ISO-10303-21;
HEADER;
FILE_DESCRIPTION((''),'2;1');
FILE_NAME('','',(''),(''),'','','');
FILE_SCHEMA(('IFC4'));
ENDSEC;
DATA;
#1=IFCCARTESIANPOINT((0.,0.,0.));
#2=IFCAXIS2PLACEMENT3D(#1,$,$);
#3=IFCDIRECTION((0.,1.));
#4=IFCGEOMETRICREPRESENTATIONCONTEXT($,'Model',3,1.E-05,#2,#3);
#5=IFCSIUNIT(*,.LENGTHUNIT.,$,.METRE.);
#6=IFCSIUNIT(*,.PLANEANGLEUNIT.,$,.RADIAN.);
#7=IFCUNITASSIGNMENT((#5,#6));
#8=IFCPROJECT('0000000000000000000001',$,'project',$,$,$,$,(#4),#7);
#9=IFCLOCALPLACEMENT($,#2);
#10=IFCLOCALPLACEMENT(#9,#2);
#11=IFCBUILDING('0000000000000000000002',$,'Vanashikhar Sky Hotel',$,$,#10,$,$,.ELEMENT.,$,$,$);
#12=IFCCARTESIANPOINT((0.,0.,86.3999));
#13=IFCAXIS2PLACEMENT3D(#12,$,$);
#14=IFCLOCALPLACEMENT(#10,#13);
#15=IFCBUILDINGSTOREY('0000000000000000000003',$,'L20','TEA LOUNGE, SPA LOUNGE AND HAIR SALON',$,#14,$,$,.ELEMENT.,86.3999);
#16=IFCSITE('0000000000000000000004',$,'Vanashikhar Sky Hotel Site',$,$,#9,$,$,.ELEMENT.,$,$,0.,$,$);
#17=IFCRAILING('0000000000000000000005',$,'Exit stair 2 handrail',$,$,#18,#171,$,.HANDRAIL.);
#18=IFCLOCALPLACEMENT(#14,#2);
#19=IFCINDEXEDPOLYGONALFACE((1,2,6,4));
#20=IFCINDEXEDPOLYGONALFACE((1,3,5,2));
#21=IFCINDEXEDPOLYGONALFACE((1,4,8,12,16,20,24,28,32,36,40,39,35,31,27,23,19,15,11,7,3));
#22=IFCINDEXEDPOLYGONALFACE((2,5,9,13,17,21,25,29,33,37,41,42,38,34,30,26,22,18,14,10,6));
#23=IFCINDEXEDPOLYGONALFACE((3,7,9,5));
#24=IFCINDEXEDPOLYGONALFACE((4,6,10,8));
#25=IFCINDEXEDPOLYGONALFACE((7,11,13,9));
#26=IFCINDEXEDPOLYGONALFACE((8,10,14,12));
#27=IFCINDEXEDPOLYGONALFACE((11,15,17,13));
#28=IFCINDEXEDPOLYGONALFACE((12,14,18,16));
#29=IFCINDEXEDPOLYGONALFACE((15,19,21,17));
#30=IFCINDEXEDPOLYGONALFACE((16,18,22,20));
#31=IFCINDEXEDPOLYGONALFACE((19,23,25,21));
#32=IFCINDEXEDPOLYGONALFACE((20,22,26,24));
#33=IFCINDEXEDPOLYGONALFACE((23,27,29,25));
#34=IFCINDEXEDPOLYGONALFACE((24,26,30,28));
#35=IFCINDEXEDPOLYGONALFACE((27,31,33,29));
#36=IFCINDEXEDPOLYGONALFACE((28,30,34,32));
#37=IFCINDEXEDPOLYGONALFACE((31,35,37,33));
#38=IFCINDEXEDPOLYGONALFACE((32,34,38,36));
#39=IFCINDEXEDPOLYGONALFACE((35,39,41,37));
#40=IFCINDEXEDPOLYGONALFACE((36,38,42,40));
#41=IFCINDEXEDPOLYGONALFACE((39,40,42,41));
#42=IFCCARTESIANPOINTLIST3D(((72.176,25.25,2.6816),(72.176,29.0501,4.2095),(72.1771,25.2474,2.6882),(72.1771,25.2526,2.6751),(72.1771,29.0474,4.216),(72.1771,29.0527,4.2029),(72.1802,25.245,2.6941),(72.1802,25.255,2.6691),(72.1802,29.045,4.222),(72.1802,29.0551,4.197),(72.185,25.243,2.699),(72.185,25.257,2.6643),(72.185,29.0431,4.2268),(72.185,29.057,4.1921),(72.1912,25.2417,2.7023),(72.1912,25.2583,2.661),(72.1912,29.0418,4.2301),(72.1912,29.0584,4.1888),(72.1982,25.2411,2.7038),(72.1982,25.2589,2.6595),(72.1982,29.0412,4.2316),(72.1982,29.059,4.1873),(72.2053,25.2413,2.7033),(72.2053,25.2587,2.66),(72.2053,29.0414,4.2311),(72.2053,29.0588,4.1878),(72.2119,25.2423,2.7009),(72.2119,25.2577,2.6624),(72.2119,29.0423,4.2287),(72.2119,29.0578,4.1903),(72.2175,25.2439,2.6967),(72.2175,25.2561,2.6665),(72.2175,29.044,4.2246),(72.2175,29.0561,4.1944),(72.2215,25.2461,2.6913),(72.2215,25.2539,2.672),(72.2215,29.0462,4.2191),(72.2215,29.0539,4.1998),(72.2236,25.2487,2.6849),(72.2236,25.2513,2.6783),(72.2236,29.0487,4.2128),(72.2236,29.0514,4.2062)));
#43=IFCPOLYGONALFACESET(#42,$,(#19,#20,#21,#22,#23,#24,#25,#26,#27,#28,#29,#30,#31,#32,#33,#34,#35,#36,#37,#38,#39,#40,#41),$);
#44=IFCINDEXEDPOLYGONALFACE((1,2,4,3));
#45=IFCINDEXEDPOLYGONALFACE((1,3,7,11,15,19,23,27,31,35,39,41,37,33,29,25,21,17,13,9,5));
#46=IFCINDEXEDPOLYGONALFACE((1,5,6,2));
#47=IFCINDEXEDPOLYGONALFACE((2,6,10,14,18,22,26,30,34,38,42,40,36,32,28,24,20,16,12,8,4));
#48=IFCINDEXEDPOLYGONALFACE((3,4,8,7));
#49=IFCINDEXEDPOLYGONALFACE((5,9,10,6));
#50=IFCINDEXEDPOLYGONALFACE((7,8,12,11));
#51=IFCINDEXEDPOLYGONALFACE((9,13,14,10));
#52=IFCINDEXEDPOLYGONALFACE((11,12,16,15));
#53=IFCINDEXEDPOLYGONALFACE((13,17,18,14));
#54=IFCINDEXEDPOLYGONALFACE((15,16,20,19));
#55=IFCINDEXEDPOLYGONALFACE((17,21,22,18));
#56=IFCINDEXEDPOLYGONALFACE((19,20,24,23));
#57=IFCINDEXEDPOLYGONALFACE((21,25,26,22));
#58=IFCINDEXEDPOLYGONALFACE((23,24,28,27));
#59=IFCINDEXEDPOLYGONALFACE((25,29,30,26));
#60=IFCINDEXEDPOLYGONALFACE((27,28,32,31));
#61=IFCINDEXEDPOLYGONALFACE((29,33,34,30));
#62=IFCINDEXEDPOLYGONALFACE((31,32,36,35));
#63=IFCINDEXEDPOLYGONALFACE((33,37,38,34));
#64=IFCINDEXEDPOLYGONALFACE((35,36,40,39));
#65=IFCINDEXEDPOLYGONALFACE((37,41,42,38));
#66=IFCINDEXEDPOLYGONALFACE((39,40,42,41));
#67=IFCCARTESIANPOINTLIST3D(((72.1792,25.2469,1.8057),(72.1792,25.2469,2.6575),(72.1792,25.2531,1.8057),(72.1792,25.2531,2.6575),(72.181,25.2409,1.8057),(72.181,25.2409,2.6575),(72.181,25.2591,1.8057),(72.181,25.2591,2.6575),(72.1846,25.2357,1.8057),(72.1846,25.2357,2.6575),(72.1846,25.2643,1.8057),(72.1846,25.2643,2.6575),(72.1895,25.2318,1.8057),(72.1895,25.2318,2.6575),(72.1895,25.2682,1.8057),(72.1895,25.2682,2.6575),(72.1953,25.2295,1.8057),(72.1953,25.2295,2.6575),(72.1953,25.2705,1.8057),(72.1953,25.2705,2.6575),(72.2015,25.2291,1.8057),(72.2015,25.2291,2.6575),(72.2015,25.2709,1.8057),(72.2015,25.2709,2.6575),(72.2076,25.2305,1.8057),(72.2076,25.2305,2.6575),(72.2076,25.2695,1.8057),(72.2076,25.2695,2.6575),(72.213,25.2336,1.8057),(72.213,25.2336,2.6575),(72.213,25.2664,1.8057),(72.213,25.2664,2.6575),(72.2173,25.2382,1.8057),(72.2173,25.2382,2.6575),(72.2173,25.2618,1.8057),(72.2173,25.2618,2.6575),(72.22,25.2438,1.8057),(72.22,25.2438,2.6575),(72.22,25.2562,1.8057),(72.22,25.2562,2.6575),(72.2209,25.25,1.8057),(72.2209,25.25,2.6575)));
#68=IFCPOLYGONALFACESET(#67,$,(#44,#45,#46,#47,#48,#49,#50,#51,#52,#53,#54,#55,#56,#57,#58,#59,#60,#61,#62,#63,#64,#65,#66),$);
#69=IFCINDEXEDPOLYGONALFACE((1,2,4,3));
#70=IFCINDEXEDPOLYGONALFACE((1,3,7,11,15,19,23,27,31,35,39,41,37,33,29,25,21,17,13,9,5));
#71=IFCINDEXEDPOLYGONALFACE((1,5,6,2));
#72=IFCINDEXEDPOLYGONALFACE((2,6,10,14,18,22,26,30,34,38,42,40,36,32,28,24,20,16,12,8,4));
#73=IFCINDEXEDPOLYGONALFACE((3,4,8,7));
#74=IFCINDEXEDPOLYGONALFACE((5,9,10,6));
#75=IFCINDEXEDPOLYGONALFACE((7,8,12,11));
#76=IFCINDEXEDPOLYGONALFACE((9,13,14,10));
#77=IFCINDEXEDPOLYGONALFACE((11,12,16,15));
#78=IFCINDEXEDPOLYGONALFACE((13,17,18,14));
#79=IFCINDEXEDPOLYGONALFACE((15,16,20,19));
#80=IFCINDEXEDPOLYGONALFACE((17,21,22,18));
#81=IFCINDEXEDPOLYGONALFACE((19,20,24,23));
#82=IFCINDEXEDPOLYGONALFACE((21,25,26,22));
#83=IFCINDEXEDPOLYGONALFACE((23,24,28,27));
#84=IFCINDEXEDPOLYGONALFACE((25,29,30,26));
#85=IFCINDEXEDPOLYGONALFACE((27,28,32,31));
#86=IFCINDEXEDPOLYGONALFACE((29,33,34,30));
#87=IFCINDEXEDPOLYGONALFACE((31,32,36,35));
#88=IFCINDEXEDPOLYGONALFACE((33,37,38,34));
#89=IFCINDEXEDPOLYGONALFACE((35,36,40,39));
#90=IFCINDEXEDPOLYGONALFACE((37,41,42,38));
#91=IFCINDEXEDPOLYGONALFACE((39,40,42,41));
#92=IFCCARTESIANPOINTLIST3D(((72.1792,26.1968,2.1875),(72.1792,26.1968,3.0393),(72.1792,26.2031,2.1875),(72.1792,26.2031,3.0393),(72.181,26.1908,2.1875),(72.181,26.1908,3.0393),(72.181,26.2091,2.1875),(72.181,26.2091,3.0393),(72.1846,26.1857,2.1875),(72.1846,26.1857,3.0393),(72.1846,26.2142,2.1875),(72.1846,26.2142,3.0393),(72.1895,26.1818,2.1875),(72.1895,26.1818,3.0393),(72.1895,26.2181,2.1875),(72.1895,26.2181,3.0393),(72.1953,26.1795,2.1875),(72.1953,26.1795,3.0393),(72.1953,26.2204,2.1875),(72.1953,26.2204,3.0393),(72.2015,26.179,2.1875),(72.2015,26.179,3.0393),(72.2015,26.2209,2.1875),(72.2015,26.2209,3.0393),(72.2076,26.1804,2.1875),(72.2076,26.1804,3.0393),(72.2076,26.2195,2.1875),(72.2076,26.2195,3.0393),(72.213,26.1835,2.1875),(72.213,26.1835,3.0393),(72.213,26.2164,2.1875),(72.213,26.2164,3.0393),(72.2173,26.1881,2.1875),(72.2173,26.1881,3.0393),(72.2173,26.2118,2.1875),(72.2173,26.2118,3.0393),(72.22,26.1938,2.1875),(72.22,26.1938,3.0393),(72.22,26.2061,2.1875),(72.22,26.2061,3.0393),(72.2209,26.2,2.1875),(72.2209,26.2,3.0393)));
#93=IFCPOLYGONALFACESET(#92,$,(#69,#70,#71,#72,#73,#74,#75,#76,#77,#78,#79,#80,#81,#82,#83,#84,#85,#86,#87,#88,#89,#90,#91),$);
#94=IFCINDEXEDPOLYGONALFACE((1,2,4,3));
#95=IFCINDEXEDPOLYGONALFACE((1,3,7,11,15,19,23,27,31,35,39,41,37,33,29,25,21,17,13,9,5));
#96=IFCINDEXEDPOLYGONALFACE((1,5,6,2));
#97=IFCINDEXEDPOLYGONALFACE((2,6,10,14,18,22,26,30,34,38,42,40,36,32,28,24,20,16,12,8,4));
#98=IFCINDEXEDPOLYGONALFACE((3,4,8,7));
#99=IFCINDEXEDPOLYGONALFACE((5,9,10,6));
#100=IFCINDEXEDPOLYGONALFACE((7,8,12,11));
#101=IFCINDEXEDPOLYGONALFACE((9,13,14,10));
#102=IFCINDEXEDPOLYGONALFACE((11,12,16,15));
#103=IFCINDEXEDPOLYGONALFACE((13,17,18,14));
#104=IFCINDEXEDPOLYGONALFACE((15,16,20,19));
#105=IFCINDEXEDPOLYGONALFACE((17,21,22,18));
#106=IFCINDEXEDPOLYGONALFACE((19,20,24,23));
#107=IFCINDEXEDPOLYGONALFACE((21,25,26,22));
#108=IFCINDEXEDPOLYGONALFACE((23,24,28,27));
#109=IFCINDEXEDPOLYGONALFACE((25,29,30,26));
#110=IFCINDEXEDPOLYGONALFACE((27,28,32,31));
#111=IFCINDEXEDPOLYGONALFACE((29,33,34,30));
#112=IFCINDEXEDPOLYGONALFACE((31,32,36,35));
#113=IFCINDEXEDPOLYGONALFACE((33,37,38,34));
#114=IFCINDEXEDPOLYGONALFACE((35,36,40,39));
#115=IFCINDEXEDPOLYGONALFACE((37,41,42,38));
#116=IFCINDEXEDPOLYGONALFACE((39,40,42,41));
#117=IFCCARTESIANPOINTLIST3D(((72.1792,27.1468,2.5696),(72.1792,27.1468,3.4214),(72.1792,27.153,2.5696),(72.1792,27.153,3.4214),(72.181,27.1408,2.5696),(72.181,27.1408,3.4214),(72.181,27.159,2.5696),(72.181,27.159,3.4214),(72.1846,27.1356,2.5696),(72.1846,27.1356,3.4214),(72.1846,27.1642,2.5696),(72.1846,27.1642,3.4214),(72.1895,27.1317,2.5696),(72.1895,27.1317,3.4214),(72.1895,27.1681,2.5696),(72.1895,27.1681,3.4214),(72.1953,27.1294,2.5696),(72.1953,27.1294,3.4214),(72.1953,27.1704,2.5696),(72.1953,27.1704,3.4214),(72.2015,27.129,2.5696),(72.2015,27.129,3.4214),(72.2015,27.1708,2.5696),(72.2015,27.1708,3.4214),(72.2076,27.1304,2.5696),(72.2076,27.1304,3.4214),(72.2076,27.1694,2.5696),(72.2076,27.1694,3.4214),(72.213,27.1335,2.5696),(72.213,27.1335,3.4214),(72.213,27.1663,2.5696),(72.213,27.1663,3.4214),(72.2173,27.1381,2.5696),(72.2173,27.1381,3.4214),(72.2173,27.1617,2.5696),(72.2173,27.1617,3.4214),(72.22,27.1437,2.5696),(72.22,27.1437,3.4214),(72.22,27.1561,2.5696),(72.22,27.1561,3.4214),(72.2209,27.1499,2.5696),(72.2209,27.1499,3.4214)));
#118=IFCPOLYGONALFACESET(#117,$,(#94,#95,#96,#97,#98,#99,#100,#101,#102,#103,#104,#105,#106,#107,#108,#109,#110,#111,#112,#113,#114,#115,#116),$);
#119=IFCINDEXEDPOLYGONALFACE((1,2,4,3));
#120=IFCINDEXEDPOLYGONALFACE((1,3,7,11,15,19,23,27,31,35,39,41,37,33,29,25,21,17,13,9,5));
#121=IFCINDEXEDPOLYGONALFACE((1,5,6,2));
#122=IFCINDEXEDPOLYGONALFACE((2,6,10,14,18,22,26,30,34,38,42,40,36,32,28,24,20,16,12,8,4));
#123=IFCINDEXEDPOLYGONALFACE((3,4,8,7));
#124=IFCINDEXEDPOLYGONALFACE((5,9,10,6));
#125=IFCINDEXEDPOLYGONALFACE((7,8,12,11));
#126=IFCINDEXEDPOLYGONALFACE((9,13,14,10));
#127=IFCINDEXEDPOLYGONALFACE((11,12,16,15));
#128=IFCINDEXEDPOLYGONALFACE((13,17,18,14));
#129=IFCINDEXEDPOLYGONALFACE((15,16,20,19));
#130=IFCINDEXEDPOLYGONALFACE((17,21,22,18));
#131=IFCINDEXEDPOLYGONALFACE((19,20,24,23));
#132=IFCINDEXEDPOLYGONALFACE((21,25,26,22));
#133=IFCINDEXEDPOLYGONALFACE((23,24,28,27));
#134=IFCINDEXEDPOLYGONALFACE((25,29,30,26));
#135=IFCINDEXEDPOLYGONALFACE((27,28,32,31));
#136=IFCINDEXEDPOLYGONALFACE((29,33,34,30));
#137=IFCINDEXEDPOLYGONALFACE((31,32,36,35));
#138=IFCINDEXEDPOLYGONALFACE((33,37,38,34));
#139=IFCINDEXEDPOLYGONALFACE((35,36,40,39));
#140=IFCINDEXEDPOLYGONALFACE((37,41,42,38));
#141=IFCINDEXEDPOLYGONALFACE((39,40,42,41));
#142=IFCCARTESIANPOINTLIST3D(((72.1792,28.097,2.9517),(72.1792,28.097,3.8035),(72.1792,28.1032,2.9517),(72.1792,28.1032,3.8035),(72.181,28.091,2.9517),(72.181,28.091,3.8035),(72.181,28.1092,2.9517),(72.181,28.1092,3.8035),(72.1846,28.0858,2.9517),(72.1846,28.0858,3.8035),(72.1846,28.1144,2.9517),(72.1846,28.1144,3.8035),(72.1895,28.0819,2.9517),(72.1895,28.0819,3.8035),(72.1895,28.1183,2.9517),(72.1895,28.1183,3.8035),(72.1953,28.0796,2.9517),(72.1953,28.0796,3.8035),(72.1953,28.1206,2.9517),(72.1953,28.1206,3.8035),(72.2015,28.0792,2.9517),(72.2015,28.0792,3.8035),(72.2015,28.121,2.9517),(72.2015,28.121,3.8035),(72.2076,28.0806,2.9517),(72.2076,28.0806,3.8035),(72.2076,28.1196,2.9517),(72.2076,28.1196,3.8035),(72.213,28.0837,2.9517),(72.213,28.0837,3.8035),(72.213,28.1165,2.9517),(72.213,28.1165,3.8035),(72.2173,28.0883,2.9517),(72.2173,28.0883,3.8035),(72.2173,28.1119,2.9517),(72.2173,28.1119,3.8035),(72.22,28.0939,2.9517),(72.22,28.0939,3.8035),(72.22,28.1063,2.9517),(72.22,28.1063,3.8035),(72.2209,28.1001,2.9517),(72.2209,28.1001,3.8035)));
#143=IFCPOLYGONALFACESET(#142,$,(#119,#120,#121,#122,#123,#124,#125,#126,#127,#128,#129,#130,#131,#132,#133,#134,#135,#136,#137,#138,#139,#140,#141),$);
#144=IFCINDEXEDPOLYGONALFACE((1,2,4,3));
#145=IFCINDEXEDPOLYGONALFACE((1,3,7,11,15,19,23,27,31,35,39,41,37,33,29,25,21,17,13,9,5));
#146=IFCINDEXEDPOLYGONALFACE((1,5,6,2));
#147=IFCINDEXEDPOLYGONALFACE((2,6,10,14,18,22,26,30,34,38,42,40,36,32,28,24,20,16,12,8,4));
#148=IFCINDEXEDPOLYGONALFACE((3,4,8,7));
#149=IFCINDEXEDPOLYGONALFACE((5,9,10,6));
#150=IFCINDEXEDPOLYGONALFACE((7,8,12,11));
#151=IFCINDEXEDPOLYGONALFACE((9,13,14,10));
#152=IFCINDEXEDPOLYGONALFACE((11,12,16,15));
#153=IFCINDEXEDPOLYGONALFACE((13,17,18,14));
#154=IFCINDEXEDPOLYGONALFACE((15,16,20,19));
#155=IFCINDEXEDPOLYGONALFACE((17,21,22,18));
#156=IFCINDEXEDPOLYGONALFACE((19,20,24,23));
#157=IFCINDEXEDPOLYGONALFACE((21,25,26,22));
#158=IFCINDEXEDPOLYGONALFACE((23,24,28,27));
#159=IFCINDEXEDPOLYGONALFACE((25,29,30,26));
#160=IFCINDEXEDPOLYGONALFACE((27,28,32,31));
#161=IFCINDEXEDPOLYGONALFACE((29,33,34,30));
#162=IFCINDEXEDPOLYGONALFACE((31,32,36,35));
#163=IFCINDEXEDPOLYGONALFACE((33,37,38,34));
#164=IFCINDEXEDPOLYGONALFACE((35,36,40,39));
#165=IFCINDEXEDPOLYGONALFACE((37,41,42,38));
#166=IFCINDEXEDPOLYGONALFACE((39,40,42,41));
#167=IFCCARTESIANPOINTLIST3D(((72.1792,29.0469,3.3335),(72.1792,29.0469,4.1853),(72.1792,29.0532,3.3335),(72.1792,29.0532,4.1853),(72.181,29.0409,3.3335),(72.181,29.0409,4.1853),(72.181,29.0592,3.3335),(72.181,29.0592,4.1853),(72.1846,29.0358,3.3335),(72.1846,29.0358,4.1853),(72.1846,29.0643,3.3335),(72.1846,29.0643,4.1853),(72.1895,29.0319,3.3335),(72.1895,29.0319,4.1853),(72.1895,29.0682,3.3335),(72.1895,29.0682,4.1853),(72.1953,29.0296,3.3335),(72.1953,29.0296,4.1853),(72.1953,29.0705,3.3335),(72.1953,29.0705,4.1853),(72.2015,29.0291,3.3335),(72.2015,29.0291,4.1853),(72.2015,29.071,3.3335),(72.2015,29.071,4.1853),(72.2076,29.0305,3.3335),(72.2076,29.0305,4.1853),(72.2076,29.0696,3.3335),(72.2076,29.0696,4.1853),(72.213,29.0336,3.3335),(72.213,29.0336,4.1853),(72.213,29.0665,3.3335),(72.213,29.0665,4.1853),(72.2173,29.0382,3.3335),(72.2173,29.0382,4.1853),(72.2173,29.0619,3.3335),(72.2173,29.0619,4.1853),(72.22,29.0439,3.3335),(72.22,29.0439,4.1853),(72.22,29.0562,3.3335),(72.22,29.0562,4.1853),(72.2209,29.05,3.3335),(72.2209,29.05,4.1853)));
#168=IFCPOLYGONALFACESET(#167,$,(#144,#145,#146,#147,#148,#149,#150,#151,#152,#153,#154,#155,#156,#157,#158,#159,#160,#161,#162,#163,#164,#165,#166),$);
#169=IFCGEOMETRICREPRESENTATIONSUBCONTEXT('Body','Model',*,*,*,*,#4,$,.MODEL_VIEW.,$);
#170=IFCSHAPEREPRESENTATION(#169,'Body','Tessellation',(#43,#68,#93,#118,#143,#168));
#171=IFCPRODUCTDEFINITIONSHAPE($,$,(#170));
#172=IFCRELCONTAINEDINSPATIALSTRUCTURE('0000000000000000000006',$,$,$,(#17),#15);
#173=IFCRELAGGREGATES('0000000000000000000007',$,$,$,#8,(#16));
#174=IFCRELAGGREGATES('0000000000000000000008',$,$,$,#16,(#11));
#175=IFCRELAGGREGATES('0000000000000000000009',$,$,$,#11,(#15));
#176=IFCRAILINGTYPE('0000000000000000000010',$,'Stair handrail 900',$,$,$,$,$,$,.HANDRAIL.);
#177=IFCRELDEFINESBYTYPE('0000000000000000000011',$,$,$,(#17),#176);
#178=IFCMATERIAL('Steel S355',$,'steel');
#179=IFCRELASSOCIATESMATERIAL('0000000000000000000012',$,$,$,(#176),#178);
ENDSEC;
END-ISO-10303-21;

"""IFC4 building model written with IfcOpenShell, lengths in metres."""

from ifc_helpers import new_model, si_unit, direction, frame, origin, origin_2d, place, context, subcontext, project, spatial, circle, extrude, source, transform, mapped, material, type_object, element, save


model = new_model("IFC4")

# Units and contexts
model_context = context("Model", 3, precision=1e-05, world=origin(), true_north=direction((0.0, 1.0)))
body_context = subcontext(model_context, "Body", "Model", "MODEL_VIEW")
ifc_project = project(units=[si_unit("LENGTHUNIT", "METRE"), si_unit("PLANEANGLEUNIT", "RADIAN")], contexts=[model_context])

# Site, building, storey
site_placement = place(None, origin())
site = spatial("IfcSite", under=ifc_project, at=site_placement, Name="Vanashikhar Sky Hotel Site", CompositionType="ELEMENT", RefElevation=0.0)
building_placement = place(site_placement, origin())
building = spatial("IfcBuilding", under=site, at=building_placement, Name="Vanashikhar Sky Hotel", CompositionType="ELEMENT")
storey_placement = place(building_placement, frame((0.0, 0.0, 86.3999)))
storey = spatial("IfcBuildingStorey", under=building, at=storey_placement, Name="L20", Description="TEA LOUNGE, SPA LOUNGE AND HAIR SALON", CompositionType="ELEMENT", Elevation=86.3999)

# Railing
ifc_material_1 = material(Name="Steel S355", Category="steel")
railing_type_1 = type_object("IfcRailingType", Name="Stair handrail 900", PredefinedType="HANDRAIL", material=ifc_material_1)
shared_shape_1 = source(origin(), body_context, "Body", "SweptSolid", [
    extrude(circle(Radius=0.0239, at=origin_2d()), frame((0.0, 0.0, 0.876), z_axis=(0.0, 0.927817, 0.373034), x_axis=(-1.0, 0.0, 0.0)), (0.0, 0.0, 1.0), 4.0957),
    extrude(circle(Radius=0.021, at=origin_2d()), origin(), (0.0, 0.0, 1.0), 0.8518),
    extrude(circle(Radius=0.021, at=origin_2d()), frame((0.0, 0.95, 0.3818)), (0.0, 0.0, 1.0), 0.8518),
    extrude(circle(Radius=0.021, at=origin_2d()), frame((0.0, 1.8999, 0.7639)), (0.0, 0.0, 1.0), 0.8518),
    extrude(circle(Radius=0.021, at=origin_2d()), frame((0.0, 2.8501, 1.146)), (0.0, 0.0, 1.0), 0.8518),
    extrude(circle(Radius=0.021, at=origin_2d()), frame((0.0, 3.8, 1.5278)), (0.0, 0.0, 1.0), 0.8518),
])
for number, where, name in (
    (1, (72.2, 25.25, 1.8057), "Exit stair 2 handrail"),
):
    element("IfcRailing", number, at=place(storey_placement, frame(where)), inside=storey, type_object=railing_type_1, Name=name, PredefinedType="HANDRAIL", context=body_context, shape_type="MappedRepresentation", body=[
        mapped(shared_shape_1, transform((0.0, 0.0, 0.0), scale=1.0)),
    ])

save(model, "model.ifc")
